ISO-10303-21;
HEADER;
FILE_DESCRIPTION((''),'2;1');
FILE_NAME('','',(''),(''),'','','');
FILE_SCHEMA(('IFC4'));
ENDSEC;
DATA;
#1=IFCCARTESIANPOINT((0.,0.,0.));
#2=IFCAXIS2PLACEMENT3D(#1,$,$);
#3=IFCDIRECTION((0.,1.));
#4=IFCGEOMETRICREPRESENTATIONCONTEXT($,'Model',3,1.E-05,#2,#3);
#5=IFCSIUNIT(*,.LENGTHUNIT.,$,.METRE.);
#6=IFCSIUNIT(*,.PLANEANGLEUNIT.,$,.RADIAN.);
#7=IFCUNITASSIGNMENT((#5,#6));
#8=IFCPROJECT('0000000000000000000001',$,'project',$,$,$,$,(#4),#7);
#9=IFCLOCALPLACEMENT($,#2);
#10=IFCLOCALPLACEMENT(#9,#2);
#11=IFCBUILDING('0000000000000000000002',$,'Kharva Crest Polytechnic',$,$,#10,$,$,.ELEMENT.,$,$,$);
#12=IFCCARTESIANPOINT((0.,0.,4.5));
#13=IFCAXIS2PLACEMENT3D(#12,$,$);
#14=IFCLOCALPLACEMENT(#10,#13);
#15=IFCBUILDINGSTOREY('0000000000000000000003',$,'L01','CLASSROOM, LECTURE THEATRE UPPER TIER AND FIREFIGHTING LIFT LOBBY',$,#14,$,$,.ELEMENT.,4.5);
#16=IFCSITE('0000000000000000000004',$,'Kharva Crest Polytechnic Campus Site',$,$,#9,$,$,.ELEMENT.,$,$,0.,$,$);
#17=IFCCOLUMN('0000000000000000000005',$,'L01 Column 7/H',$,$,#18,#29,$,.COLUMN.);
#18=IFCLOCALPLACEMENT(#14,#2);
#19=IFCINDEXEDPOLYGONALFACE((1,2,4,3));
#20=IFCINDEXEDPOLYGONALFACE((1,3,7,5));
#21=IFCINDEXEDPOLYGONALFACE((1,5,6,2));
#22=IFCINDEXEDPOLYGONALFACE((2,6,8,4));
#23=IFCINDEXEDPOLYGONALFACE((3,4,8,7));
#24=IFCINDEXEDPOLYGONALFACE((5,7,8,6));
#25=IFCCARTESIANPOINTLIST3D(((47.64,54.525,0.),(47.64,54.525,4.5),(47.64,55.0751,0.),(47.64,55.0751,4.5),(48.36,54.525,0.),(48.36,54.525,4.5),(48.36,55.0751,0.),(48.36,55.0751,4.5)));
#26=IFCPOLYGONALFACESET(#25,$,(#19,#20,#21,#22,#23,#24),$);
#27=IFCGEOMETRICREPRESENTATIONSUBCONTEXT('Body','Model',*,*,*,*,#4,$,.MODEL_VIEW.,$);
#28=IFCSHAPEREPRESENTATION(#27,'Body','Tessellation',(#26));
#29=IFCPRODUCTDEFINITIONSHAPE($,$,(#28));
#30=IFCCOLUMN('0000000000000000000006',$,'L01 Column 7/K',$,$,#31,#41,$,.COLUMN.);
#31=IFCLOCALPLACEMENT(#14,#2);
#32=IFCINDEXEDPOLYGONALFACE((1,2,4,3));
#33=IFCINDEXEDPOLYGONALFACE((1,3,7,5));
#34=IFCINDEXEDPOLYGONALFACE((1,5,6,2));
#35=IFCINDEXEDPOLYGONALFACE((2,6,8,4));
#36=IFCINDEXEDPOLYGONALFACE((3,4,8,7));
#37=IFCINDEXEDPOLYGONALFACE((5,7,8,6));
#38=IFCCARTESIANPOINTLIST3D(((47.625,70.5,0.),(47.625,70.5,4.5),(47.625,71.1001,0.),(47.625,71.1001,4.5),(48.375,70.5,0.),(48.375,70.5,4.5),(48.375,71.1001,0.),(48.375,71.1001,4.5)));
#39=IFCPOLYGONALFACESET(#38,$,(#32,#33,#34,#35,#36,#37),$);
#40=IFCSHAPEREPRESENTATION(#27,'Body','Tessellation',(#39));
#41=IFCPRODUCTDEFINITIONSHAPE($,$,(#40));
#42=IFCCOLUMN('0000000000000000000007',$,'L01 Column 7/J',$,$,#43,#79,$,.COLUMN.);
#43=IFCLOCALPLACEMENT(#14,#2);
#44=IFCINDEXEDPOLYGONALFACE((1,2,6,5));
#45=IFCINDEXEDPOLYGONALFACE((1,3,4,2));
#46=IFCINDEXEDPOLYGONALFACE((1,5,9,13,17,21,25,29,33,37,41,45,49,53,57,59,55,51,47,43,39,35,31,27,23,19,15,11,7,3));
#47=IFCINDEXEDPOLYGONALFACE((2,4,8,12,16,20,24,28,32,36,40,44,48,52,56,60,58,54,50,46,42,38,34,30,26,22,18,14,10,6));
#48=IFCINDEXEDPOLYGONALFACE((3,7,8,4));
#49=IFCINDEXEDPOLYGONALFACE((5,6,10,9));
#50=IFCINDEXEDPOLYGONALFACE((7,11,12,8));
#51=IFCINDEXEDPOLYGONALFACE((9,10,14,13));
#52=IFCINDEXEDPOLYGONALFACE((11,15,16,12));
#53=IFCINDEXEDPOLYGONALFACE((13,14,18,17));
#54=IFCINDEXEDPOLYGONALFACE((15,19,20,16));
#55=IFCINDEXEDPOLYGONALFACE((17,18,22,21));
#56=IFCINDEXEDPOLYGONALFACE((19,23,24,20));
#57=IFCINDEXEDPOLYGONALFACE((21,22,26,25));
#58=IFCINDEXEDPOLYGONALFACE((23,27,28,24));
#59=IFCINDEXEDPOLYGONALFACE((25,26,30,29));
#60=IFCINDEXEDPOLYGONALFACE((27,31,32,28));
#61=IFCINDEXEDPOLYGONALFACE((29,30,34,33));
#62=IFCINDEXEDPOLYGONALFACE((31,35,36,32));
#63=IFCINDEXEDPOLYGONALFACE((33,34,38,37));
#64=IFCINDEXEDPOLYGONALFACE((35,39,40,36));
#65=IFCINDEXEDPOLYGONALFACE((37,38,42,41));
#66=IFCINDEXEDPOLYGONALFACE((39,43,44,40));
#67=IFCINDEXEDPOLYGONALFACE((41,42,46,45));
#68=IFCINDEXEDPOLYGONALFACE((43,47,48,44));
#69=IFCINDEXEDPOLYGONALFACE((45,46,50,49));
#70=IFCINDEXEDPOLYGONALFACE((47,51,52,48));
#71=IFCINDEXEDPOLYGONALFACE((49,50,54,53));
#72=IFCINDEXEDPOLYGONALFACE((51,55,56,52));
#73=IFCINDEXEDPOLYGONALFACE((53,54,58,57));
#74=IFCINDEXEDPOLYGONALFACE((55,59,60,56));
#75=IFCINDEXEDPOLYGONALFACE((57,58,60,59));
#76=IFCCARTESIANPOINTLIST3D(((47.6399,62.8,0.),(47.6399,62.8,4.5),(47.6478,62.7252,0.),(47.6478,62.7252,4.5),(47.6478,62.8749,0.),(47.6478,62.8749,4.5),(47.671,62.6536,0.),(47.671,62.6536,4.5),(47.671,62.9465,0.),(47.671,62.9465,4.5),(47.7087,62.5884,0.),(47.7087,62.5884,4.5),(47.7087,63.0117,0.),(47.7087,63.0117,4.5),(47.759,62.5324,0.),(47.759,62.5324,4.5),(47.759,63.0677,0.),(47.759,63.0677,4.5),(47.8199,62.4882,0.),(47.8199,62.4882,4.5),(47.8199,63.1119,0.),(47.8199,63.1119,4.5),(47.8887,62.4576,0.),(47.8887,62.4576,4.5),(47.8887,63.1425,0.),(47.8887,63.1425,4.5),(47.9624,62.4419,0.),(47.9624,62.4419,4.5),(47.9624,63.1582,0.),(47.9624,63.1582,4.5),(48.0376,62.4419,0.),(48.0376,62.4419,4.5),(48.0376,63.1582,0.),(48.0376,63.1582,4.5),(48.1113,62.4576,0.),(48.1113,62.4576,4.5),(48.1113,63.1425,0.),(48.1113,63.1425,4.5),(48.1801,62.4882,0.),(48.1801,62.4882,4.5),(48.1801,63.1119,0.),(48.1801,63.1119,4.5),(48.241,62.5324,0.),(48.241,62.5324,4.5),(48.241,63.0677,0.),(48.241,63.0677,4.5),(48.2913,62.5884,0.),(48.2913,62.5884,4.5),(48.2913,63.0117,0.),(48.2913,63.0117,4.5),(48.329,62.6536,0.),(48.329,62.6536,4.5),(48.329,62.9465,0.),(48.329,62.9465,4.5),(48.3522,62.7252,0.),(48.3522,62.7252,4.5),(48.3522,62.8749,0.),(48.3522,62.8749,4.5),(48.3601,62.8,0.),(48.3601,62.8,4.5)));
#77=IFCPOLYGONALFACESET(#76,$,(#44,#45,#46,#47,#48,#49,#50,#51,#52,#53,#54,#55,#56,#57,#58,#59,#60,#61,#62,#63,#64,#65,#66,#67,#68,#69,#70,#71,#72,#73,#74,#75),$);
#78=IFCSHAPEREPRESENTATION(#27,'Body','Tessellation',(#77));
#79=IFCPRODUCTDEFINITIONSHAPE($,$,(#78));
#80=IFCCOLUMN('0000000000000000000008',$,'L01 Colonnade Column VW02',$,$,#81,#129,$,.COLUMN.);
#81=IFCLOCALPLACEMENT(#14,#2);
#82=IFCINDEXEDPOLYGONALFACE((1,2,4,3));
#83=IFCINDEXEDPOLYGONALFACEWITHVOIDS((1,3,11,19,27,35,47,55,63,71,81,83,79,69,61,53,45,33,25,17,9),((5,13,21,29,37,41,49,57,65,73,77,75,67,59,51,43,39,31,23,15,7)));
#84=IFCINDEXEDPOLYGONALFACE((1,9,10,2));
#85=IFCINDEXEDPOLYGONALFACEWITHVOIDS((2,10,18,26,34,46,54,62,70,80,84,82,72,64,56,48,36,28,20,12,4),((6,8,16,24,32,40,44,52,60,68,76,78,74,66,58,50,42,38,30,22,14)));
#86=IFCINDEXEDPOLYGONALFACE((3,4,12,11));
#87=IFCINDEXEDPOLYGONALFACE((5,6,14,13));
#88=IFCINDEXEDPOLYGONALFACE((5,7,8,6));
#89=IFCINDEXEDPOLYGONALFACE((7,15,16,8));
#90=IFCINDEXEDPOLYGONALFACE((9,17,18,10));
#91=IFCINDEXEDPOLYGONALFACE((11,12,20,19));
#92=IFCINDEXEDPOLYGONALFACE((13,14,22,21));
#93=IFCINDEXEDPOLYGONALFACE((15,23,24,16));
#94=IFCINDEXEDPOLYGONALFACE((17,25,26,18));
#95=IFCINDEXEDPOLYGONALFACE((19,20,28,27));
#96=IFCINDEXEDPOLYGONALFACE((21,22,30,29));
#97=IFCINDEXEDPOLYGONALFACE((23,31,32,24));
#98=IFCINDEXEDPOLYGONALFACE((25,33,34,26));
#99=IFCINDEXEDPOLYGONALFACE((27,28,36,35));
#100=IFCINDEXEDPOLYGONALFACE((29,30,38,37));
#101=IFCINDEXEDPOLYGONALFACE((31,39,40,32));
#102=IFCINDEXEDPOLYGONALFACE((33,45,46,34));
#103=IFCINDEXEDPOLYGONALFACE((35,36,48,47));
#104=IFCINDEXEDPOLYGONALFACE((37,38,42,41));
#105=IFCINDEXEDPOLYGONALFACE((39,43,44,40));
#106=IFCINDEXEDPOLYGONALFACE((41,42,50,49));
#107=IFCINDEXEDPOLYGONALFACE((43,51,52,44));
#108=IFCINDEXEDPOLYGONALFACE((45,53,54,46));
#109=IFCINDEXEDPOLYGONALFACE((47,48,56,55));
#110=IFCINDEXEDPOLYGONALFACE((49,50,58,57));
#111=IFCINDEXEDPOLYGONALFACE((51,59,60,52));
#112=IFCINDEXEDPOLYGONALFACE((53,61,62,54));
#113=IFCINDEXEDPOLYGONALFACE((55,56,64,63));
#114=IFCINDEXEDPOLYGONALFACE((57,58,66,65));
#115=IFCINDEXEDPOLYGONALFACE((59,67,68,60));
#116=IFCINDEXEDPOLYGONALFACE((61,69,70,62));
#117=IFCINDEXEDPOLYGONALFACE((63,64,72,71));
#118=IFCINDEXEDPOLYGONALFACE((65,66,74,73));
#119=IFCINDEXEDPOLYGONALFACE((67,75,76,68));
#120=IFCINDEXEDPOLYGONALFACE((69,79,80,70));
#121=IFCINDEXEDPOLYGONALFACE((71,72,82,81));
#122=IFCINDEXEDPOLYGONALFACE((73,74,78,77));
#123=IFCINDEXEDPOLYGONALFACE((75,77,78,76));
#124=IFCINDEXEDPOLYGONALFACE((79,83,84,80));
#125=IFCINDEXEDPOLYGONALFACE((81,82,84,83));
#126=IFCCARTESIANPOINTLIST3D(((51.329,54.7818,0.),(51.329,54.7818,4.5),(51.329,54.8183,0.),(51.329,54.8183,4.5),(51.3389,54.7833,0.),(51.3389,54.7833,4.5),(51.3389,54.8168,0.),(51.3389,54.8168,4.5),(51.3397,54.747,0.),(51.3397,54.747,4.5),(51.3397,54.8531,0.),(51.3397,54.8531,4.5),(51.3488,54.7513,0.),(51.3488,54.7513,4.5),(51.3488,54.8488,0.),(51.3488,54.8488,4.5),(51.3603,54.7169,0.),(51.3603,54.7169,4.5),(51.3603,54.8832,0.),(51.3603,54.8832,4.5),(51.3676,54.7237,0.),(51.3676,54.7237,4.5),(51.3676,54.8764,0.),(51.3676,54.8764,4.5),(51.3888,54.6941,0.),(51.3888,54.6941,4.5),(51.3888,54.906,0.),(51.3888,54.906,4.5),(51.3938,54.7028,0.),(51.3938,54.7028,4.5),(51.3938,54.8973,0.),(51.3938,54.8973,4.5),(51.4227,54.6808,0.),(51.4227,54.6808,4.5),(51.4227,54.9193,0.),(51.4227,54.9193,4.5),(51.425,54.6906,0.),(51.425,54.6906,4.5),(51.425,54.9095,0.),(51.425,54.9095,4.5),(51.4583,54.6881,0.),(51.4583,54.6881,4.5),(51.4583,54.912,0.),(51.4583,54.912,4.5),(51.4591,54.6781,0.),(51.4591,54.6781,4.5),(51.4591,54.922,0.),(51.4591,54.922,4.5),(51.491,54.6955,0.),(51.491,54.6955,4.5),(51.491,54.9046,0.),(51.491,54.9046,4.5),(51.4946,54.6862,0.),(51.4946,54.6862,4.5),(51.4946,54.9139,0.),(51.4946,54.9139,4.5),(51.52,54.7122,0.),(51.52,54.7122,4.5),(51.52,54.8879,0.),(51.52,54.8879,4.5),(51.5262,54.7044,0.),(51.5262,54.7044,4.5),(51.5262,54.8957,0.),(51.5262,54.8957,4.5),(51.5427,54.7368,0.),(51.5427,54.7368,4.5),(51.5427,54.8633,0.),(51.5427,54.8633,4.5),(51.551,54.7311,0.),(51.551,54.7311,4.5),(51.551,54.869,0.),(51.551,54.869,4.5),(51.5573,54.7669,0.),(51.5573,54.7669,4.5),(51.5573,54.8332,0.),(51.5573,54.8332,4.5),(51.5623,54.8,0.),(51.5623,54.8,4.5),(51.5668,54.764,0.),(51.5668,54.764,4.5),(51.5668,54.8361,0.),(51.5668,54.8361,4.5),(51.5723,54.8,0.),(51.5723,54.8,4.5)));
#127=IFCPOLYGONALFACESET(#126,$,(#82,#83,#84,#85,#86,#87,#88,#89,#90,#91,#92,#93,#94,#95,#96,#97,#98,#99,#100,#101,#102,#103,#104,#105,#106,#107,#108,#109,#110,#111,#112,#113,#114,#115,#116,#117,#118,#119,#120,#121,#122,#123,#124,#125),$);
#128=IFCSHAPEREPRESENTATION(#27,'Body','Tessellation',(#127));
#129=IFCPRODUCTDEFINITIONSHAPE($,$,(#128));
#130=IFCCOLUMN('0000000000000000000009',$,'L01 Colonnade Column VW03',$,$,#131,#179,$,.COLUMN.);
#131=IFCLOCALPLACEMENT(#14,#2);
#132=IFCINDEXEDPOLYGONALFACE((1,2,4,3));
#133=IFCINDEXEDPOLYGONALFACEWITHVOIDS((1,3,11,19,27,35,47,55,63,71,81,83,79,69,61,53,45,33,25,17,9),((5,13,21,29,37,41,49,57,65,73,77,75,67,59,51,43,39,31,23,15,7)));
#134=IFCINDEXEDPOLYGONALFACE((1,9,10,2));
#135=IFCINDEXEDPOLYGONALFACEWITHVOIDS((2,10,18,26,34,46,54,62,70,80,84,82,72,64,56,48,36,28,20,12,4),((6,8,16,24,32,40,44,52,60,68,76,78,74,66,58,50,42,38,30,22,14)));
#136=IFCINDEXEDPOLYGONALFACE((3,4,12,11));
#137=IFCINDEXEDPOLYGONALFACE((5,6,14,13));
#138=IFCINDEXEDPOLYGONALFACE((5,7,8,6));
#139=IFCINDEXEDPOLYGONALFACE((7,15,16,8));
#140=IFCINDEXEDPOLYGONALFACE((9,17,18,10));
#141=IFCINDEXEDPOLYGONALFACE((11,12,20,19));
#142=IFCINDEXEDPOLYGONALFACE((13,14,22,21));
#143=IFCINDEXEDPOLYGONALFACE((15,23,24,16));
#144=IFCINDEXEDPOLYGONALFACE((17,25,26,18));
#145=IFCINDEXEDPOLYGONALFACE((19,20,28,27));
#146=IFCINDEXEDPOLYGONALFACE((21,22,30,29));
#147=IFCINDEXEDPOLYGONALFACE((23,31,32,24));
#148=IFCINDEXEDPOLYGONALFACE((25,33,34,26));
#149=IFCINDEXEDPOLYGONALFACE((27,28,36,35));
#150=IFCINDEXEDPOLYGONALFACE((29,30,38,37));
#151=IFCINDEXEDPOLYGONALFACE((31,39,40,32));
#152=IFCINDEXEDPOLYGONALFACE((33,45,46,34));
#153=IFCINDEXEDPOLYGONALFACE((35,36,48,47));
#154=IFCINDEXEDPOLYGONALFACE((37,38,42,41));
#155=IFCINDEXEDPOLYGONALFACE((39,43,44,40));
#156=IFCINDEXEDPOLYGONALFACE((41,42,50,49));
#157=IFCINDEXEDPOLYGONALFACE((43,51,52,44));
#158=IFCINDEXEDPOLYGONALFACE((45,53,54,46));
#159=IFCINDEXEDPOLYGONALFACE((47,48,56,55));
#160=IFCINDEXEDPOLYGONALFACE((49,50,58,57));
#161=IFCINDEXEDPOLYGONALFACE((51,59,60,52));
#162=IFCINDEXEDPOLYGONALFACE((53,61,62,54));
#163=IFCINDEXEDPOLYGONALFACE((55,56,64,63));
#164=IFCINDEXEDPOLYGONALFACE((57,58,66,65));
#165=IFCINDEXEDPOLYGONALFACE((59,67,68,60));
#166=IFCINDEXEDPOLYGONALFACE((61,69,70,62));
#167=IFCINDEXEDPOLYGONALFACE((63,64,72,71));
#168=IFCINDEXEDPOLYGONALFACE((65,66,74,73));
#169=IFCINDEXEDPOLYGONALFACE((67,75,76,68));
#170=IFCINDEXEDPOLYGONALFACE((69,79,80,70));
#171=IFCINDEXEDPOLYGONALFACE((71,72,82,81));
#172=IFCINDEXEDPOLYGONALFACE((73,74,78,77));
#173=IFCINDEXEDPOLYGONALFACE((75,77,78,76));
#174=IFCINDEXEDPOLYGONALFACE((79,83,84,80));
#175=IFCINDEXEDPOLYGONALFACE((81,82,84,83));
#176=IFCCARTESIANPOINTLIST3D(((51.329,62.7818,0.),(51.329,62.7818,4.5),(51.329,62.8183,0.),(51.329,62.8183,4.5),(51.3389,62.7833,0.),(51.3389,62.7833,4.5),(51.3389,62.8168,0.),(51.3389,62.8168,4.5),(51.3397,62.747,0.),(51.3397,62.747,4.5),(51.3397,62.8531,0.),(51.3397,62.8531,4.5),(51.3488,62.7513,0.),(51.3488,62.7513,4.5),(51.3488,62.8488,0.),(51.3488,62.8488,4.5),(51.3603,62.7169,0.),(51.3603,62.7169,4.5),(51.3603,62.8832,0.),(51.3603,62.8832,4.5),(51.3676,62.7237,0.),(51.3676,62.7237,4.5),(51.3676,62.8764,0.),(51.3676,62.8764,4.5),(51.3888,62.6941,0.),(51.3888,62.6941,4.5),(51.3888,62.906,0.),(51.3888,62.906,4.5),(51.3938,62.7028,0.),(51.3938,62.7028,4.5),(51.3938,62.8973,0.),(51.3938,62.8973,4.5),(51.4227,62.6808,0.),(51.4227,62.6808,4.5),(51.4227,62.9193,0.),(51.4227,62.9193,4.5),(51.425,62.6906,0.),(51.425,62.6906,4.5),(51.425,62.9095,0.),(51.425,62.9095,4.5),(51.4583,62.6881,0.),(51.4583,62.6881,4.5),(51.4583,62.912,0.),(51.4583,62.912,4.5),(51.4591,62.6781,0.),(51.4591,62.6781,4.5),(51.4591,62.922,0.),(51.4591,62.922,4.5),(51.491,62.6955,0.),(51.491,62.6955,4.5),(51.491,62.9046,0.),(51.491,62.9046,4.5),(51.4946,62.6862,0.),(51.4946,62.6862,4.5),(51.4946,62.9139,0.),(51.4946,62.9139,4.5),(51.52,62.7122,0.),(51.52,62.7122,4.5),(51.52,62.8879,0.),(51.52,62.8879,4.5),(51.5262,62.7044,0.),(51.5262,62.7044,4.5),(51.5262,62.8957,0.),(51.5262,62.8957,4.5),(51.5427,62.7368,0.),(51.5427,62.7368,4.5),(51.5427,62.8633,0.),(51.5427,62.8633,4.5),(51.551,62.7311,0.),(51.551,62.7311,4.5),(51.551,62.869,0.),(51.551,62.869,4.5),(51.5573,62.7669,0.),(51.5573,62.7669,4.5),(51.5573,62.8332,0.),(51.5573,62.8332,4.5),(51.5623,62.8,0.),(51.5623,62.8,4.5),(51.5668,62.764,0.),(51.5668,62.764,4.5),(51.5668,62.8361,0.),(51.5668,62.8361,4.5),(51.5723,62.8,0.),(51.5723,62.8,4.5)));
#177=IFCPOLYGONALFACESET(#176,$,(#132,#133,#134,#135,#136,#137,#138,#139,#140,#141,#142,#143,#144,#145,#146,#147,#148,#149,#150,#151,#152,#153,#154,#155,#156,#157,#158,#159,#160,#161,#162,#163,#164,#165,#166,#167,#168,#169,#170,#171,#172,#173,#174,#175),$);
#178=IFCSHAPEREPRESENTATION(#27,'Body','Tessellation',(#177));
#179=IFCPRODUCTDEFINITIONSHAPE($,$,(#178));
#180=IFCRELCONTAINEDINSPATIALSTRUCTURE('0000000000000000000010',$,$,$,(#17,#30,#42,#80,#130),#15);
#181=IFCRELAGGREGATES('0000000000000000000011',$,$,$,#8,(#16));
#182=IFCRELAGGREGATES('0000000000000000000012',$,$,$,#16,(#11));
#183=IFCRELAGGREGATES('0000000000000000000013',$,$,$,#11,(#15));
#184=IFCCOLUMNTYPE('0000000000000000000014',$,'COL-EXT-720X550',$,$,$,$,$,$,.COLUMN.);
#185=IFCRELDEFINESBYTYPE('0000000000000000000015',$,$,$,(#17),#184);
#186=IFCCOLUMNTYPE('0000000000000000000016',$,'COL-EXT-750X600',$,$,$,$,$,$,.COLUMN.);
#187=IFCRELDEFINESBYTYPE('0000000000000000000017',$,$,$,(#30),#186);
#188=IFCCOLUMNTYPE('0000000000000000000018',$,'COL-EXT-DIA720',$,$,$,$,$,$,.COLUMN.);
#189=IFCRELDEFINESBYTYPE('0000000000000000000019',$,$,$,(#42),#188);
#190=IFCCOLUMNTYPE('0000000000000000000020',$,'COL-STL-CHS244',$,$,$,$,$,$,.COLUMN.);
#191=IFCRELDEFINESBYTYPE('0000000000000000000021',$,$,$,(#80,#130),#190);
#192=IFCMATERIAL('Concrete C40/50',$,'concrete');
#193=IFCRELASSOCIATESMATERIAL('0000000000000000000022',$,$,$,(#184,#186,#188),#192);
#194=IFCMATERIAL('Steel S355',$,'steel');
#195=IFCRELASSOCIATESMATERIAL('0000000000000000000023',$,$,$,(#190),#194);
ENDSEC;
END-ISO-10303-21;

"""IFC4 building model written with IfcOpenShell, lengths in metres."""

from ifc_helpers import new_model, si_unit, direction, frame, origin, origin_2d, place, context, subcontext, project, spatial, rectangle, circle, hollow_circle, extrude, material, material_profile, profile_set, type_object, element, save


model = new_model("IFC4")

# Units and contexts
model_context = context("Model", 3, precision=1e-05, world=origin(), true_north=direction((0.0, 1.0)))
body_context = subcontext(model_context, "Body", "Model", "MODEL_VIEW")
ifc_project = project(units=[si_unit("LENGTHUNIT", "METRE"), si_unit("PLANEANGLEUNIT", "RADIAN")], contexts=[model_context])

# Site, building, storey
site_placement = place(None, origin())
site = spatial("IfcSite", under=ifc_project, at=site_placement, Name="Kharva Crest Polytechnic Campus Site", CompositionType="ELEMENT", RefElevation=0.0)
building_placement = place(site_placement, origin())
building = spatial("IfcBuilding", under=site, at=building_placement, Name="Kharva Crest Polytechnic", CompositionType="ELEMENT")
storey_placement = place(building_placement, frame((0.0, 0.0, 4.5)))
storey = spatial("IfcBuildingStorey", under=building, at=storey_placement, Name="L01", Description="CLASSROOM, LECTURE THEATRE UPPER TIER AND FIREFIGHTING LIFT LOBBY", CompositionType="ELEMENT", Elevation=4.5)

# Columns
ifc_material_1 = material(Name="Concrete C40/50", Category="concrete")
ifc_material_profile_1 = material_profile(ifc_material_1, rectangle(XDim=0.72, YDim=0.55, at=origin_2d()), Name="RECT 720 X 550")
ifc_profile_set_1 = profile_set([ifc_material_profile_1], Name="Concrete C40/50")
column_type_1 = type_object("IfcColumnType", Name="COL-EXT-720X550", PredefinedType="COLUMN", material=ifc_profile_set_1)
column_1_placement = place(storey_placement, frame((48.0, 54.8, 0.0), z_axis=(0.0, 0.0, 1.0), x_axis=(1.0, 0.0, 0.0)))
element("IfcColumn", 1, at=column_1_placement, inside=storey, type_object=column_type_1, Name="L01 Column 7/H", PredefinedType="COLUMN", context=body_context, shape_type="SweptSolid", body=[
    extrude(rectangle(XDim=0.72, YDim=0.55, at=origin_2d()), origin(), (0.0, 0.0, 1.0), 4.5),
])
ifc_material_profile_2 = material_profile(ifc_material_1, rectangle(XDim=0.75, YDim=0.6001, at=origin_2d()), Name="RECT 750 X 600")
ifc_profile_set_2 = profile_set([ifc_material_profile_2], Name="Concrete C40/50")
column_type_2 = type_object("IfcColumnType", Name="COL-EXT-750X600", PredefinedType="COLUMN", material=ifc_profile_set_2)
column_2_placement = place(storey_placement, frame((48.0, 70.8, 0.0), z_axis=(0.0, 0.0, 1.0), x_axis=(1.0, 0.0, 0.0)))
element("IfcColumn", 2, at=column_2_placement, inside=storey, type_object=column_type_2, Name="L01 Column 7/K", PredefinedType="COLUMN", context=body_context, shape_type="SweptSolid", body=[
    extrude(rectangle(XDim=0.75, YDim=0.6001, at=origin_2d()), origin(), (0.0, 0.0, 1.0), 4.5),
])
ifc_material_profile_3 = material_profile(ifc_material_1, circle(Radius=0.3601, at=origin_2d()), Name="DIA 720")
ifc_profile_set_3 = profile_set([ifc_material_profile_3], Name="Concrete C40/50")
column_type_3 = type_object("IfcColumnType", Name="COL-EXT-DIA720", PredefinedType="COLUMN", material=ifc_profile_set_3)
column_3_placement = place(storey_placement, frame((48.0, 62.8, 0.0), z_axis=(0.0, 0.0, 1.0), x_axis=(1.0, 0.0, 0.0)))
element("IfcColumn", 3, at=column_3_placement, inside=storey, type_object=column_type_3, Name="L01 Column 7/J", PredefinedType="COLUMN", context=body_context, shape_type="SweptSolid", body=[
    extrude(circle(Radius=0.3601, at=origin_2d()), origin(), (0.0, 0.0, 1.0), 4.5),
])
ifc_material_2 = material(Name="Steel S355", Category="steel")
ifc_material_profile_4 = material_profile(ifc_material_2, hollow_circle(Radius=0.1223, WallThickness=0.01, at=origin_2d()), Name="CHS 244.5X10.0")
ifc_profile_set_4 = profile_set([ifc_material_profile_4], Name="Steel S355")
column_type_4 = type_object("IfcColumnType", Name="COL-STL-CHS244", PredefinedType="COLUMN", material=ifc_profile_set_4)
for number, where, z_axis, x_axis, name in (
    (4, (51.45, 54.8, 0.0), (0.0, 0.0, 1.0), (1.0, 0.0, 0.0), "L01 Colonnade Column VW02"),
    (5, (51.45, 62.8, 0.0), (0.0, 0.0, 1.0), (1.0, 0.0, 0.0), "L01 Colonnade Column VW03"),
):
    element("IfcColumn", number, at=place(storey_placement, frame(where, z_axis=z_axis, x_axis=x_axis)), inside=storey, type_object=column_type_4, Name=name, PredefinedType="COLUMN", context=body_context, shape_type="SweptSolid", body=[
        extrude(hollow_circle(Radius=0.1223, WallThickness=0.01, at=origin_2d()), origin(), (0.0, 0.0, 1.0), 4.5),
    ])

save(model, "model.ifc")
